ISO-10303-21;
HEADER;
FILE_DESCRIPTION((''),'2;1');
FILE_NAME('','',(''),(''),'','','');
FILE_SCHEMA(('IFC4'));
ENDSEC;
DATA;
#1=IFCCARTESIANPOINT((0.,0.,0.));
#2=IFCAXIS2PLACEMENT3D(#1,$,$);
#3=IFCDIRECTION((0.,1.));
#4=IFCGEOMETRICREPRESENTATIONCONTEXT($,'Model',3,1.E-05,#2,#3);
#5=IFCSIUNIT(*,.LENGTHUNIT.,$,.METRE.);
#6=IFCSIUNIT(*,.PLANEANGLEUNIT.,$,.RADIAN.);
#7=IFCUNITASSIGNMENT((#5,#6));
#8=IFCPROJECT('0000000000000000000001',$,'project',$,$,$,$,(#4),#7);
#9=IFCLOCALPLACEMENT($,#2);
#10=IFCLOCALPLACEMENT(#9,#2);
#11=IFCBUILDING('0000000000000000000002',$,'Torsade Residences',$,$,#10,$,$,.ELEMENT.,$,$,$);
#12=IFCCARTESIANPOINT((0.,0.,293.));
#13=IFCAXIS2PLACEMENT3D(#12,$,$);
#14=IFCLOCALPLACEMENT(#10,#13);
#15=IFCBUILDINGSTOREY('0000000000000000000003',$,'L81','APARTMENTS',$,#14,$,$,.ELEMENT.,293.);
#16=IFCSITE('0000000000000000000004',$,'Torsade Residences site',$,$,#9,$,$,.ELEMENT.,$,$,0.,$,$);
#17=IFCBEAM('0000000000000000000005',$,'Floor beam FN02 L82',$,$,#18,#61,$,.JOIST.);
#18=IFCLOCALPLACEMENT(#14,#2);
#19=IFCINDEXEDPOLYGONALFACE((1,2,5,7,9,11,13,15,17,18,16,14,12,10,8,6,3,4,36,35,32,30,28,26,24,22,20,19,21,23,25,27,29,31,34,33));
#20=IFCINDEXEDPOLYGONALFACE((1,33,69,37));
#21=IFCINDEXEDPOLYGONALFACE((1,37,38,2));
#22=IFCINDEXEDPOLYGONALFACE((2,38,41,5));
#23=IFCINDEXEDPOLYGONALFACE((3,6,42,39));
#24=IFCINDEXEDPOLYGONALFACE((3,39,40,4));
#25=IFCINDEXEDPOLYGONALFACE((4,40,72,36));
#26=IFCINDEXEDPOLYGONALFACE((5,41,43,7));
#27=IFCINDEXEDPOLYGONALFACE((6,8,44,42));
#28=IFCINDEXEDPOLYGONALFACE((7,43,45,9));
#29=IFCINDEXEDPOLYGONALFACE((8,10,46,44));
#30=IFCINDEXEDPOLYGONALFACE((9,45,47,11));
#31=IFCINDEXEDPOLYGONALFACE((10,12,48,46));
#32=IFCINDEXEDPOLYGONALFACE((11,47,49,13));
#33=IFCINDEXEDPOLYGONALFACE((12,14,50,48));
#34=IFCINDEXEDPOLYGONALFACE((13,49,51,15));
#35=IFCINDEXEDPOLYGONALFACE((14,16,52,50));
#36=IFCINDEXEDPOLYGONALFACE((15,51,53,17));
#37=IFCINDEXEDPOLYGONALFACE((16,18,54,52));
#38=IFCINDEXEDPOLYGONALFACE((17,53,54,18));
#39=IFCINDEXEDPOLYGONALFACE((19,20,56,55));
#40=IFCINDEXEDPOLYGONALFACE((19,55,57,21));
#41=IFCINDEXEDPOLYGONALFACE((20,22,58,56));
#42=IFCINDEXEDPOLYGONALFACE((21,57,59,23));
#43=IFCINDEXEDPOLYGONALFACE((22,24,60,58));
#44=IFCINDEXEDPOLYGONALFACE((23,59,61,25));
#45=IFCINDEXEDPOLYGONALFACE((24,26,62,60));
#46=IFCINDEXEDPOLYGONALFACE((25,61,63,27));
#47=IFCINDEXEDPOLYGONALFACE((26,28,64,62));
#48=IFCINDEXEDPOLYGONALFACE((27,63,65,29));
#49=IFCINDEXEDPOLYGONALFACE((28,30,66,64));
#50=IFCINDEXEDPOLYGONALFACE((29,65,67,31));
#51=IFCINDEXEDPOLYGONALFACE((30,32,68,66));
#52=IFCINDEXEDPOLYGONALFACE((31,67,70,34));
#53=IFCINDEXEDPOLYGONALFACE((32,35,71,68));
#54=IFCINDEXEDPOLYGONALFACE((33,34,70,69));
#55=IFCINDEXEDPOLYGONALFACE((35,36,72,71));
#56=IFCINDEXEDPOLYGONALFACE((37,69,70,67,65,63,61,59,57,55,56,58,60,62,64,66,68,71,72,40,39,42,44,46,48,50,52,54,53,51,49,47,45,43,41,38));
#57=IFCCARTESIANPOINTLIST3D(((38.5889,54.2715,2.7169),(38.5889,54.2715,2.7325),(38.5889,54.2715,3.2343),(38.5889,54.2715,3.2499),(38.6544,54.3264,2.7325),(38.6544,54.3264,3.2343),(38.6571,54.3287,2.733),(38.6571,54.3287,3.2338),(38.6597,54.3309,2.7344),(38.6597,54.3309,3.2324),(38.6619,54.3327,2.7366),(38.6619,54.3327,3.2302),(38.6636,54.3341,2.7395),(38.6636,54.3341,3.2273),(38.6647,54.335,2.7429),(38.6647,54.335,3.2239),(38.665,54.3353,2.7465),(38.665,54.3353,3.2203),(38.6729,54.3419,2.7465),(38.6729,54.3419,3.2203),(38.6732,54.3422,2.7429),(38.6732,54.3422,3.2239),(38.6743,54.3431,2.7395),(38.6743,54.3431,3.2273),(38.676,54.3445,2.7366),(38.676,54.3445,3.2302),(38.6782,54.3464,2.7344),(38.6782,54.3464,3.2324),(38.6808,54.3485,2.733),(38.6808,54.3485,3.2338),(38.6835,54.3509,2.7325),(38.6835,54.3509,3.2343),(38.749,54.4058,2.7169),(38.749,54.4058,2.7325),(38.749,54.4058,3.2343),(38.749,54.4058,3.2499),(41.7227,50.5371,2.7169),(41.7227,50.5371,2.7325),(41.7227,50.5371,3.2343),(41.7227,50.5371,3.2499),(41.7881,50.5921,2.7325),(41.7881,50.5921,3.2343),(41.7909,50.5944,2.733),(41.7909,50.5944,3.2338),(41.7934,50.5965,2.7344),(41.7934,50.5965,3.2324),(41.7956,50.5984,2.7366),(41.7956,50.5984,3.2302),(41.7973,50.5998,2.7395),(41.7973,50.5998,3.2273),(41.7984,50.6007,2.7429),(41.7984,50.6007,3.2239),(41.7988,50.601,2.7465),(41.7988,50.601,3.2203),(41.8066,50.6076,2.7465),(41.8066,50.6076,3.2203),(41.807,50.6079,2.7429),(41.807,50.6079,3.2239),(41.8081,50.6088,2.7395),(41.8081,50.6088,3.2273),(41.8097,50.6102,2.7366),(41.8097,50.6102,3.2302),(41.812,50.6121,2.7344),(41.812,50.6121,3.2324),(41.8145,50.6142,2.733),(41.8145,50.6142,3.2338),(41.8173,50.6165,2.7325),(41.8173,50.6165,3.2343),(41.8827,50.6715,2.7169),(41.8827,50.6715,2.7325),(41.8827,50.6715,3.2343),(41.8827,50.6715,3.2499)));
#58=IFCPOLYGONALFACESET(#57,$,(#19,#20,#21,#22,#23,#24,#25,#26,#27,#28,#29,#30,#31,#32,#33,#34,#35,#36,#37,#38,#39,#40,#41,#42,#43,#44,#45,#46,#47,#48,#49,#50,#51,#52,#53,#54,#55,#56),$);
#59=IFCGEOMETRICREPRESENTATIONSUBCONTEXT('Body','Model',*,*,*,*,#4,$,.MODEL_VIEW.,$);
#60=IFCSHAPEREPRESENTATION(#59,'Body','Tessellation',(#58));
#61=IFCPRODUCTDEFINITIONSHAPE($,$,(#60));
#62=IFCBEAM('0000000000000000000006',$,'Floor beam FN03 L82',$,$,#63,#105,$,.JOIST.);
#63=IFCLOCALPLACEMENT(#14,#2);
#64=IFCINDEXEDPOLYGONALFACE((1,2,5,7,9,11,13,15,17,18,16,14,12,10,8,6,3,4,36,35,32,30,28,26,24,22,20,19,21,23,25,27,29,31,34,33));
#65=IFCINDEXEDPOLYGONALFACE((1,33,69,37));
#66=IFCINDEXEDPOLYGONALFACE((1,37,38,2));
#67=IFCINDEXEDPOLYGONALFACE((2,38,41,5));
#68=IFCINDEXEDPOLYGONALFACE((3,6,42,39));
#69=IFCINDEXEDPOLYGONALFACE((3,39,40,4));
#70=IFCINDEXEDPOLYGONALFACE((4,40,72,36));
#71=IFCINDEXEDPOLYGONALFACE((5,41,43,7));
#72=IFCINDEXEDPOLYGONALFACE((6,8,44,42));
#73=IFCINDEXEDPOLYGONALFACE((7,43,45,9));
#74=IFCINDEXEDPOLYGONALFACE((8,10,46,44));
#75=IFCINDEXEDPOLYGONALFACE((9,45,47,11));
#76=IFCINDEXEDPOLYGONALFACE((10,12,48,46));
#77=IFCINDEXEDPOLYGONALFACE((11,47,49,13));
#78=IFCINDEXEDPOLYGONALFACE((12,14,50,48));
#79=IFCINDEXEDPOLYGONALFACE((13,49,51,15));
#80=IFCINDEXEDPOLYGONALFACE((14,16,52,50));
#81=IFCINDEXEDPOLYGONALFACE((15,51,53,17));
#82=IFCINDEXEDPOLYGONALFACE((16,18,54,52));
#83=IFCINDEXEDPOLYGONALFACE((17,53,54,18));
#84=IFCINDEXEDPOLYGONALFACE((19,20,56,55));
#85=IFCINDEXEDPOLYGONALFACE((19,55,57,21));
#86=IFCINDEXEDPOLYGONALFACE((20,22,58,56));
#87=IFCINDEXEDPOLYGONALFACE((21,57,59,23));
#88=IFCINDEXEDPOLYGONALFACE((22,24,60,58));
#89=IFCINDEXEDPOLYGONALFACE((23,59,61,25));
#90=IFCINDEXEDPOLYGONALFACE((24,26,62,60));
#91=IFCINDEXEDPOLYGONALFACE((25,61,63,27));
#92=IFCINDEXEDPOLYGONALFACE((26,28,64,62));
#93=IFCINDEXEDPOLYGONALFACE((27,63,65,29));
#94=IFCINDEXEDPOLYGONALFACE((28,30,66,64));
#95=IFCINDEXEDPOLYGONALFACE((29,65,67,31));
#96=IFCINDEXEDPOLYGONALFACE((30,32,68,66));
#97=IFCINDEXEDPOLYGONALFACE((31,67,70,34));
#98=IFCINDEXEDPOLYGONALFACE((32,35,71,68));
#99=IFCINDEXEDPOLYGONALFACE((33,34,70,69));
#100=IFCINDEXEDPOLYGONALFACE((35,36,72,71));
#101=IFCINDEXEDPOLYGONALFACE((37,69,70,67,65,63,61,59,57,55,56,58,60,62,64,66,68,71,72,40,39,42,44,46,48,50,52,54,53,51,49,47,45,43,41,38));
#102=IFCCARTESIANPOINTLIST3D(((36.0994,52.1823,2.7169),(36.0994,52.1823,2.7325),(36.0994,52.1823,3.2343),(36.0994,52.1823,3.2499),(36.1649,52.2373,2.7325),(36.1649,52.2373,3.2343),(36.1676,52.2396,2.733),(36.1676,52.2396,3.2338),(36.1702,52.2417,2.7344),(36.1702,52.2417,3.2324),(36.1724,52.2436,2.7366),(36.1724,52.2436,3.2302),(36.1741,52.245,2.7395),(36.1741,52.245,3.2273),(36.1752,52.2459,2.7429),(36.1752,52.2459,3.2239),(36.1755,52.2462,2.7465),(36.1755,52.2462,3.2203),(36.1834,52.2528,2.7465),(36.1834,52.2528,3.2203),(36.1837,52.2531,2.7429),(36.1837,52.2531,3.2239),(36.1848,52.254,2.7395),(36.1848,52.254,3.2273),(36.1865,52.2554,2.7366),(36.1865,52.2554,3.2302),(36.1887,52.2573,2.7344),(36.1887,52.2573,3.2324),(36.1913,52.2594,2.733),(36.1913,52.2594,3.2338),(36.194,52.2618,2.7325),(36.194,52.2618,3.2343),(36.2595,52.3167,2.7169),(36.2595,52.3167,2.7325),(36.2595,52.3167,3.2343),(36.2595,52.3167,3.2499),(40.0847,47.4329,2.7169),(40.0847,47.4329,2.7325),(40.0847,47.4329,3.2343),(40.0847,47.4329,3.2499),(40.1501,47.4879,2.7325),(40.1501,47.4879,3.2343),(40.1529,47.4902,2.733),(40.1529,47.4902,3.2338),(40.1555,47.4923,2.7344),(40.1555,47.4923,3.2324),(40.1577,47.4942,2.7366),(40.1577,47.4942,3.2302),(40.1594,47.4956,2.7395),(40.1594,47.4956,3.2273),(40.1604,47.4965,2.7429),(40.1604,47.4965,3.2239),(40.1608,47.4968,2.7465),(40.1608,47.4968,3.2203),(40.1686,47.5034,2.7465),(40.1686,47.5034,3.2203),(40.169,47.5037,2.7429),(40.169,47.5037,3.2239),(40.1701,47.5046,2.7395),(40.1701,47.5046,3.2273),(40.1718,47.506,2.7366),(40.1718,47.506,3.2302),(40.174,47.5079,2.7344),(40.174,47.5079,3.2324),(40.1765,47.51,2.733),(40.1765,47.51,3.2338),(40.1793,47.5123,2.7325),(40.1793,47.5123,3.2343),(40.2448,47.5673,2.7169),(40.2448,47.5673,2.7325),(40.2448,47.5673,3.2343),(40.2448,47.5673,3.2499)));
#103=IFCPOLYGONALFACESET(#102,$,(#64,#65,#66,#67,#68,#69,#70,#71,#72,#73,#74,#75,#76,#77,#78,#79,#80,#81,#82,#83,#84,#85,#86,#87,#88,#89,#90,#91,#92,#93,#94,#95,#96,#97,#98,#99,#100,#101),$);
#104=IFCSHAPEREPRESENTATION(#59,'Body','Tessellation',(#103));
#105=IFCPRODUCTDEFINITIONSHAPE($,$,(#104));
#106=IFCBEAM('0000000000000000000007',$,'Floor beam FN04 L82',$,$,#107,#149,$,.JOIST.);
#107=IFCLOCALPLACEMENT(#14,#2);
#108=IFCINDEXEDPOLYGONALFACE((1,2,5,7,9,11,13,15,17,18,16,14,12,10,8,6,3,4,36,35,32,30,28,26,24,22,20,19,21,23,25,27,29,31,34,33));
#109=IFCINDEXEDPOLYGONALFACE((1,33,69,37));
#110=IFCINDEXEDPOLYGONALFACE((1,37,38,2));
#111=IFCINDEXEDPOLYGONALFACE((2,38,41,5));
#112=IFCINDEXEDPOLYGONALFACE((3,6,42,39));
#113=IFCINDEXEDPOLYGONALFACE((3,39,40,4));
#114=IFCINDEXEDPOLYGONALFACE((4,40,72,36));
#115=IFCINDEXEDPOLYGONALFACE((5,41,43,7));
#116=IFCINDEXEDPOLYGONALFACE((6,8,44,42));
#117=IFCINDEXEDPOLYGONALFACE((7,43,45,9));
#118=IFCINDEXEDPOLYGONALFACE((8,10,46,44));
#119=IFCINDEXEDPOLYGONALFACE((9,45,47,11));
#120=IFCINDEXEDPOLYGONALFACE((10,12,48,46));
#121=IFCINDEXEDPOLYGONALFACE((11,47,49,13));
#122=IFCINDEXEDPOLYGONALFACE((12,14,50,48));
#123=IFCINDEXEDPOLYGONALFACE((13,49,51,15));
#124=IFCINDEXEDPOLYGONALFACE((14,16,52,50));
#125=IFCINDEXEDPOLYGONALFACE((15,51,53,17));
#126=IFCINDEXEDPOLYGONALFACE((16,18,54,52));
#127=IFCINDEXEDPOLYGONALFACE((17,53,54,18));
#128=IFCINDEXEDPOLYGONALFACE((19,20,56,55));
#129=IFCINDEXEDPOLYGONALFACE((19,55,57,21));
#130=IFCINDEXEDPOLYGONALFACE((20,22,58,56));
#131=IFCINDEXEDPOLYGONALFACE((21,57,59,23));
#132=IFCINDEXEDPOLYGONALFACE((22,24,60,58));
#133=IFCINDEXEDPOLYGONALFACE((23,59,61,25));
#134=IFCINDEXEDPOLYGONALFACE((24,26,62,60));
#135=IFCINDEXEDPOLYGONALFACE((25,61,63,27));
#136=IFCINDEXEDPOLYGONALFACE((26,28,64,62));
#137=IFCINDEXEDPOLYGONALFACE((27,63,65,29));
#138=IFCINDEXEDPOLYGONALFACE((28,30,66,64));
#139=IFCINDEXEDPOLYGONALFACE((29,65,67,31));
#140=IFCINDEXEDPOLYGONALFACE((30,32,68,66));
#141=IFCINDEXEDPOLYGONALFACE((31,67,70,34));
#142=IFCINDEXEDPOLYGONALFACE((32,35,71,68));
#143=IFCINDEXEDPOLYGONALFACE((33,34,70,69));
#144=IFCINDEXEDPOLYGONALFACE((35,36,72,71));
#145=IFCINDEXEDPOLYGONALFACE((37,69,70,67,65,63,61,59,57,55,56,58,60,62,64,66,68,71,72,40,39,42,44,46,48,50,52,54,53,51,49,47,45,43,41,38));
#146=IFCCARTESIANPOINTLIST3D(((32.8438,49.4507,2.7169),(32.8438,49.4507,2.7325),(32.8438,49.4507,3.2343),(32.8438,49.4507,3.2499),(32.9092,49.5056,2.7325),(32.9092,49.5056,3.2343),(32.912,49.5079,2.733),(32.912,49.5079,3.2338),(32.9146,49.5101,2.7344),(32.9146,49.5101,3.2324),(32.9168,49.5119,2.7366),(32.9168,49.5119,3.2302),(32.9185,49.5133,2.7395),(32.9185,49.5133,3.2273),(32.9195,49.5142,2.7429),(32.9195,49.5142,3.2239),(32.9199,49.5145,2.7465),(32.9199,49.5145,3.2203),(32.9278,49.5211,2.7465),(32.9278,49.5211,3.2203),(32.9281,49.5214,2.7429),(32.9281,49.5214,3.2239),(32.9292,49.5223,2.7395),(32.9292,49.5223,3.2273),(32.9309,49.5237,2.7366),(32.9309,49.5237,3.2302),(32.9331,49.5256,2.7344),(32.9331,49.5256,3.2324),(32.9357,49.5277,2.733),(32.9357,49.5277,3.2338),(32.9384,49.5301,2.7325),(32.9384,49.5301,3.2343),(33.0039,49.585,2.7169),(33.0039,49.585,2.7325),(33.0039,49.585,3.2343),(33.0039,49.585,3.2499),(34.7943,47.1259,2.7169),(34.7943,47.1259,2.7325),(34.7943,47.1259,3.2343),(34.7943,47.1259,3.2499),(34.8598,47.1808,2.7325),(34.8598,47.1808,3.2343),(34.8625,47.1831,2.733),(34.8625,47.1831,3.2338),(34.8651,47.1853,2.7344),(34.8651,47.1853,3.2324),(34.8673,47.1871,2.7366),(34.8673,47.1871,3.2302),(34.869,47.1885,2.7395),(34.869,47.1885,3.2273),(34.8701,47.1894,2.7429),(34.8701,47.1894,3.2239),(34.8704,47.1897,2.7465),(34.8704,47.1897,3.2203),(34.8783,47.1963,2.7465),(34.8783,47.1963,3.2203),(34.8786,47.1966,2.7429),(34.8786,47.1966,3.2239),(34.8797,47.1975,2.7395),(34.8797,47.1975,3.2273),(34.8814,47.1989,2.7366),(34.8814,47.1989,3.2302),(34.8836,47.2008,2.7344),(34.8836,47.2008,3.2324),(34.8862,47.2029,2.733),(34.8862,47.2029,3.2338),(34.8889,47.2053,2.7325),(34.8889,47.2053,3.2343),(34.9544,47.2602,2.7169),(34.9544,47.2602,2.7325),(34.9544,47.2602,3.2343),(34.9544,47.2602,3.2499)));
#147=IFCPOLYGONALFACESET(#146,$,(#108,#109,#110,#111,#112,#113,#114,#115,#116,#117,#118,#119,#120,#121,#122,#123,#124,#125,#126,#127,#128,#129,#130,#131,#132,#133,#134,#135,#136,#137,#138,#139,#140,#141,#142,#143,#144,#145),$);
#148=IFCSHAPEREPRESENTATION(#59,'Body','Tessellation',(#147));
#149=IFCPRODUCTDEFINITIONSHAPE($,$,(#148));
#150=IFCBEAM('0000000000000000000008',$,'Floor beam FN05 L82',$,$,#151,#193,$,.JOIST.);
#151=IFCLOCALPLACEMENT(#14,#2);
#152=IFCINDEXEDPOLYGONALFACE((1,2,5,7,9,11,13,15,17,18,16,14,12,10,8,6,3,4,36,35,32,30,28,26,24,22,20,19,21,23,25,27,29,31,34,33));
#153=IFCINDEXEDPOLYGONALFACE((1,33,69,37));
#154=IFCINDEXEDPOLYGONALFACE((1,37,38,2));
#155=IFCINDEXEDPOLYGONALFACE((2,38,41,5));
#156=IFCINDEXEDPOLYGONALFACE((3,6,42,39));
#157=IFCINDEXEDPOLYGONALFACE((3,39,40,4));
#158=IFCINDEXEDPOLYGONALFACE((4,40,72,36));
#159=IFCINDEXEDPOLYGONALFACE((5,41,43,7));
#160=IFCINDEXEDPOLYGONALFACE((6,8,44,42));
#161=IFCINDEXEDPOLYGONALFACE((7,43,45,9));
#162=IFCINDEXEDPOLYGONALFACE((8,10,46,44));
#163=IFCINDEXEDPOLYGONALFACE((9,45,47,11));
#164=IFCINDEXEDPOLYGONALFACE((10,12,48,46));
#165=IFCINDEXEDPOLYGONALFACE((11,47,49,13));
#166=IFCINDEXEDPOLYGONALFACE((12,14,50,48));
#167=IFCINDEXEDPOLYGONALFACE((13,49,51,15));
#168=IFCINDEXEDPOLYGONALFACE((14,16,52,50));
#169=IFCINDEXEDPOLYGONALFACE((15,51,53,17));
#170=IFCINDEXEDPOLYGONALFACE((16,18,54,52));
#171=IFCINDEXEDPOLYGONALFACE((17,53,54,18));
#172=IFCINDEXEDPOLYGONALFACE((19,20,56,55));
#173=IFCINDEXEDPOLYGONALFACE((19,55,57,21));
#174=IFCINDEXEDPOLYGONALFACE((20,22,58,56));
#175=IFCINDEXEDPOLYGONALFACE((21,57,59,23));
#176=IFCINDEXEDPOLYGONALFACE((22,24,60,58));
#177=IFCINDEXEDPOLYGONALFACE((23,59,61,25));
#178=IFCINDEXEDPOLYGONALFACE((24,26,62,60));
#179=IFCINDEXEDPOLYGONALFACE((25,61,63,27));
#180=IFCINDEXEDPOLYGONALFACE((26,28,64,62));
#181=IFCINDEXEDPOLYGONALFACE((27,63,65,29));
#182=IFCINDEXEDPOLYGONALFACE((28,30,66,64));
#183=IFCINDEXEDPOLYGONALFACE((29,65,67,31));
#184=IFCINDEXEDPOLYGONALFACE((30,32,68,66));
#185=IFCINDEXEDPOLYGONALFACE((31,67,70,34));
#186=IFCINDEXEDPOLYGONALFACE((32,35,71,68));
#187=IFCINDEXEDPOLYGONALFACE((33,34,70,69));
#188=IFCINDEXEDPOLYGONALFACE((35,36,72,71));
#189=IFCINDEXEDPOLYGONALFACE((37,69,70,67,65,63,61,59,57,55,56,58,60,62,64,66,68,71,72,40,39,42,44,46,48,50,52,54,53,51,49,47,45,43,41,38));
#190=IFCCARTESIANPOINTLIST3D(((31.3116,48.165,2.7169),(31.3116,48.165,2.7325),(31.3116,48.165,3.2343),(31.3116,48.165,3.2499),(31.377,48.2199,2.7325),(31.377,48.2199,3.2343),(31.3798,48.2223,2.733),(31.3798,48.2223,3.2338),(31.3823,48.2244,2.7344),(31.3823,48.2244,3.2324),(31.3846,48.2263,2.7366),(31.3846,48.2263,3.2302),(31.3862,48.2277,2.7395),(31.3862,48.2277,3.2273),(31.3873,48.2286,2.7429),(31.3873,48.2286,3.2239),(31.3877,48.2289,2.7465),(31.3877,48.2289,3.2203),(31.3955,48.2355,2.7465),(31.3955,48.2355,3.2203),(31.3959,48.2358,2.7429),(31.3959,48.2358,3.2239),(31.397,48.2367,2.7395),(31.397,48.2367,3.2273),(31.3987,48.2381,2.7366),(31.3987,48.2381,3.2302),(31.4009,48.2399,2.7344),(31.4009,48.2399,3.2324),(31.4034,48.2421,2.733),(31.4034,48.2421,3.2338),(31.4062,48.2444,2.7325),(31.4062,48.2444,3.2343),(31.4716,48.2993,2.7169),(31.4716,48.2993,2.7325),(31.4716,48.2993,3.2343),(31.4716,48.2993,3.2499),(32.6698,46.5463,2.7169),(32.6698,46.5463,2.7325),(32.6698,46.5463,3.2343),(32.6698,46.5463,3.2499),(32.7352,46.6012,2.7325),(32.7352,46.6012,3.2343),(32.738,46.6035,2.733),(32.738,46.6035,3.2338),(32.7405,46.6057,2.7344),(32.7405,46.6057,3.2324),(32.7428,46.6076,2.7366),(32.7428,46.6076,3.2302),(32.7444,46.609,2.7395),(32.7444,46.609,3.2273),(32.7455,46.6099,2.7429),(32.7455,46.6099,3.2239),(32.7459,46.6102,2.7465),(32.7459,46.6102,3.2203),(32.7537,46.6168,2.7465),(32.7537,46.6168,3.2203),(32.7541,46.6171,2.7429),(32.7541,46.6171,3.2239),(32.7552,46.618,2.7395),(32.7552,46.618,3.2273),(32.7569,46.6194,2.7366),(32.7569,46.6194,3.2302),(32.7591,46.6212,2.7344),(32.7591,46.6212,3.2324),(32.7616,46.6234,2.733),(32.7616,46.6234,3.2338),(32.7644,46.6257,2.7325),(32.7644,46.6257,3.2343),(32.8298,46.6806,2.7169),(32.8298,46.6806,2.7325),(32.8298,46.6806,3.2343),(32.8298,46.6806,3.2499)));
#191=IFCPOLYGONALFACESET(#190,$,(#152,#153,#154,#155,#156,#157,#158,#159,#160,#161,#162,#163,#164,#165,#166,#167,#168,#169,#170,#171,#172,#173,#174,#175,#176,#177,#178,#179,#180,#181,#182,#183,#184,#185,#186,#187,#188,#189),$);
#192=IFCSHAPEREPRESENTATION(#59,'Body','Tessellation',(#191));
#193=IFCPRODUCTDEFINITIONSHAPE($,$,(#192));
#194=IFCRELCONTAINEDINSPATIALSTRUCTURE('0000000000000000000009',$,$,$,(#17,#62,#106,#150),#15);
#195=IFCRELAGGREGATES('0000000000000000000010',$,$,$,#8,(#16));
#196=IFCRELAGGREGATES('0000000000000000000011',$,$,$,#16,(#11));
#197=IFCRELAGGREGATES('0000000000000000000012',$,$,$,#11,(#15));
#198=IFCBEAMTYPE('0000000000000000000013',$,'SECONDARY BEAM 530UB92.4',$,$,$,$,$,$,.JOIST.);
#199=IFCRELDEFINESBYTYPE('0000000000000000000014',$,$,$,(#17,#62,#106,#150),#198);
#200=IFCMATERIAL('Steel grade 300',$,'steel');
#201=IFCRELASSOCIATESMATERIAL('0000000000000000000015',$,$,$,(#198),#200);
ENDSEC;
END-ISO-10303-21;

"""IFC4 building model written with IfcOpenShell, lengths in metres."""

from ifc_helpers import new_model, si_unit, direction, frame, origin, origin_2d, place, context, subcontext, project, spatial, i_section, extrude, material, material_profile, profile_set, type_object, element, save


model = new_model("IFC4")

# Units and contexts
model_context = context("Model", 3, precision=1e-05, world=origin(), true_north=direction((0.0, 1.0)))
body_context = subcontext(model_context, "Body", "Model", "MODEL_VIEW")
ifc_project = project(units=[si_unit("LENGTHUNIT", "METRE"), si_unit("PLANEANGLEUNIT", "RADIAN")], contexts=[model_context])

# Site, building, storey
site_placement = place(None, origin())
site = spatial("IfcSite", under=ifc_project, at=site_placement, Name="Torsade Residences site", CompositionType="ELEMENT", RefElevation=0.0)
building_placement = place(site_placement, origin())
building = spatial("IfcBuilding", under=site, at=building_placement, Name="Torsade Residences", CompositionType="ELEMENT")
storey_placement = place(building_placement, frame((0.0, 0.0, 293.0)))
storey = spatial("IfcBuildingStorey", under=building, at=storey_placement, Name="L81", Description="APARTMENTS", CompositionType="ELEMENT", Elevation=293.0)

# Beams
ifc_material_1 = material(Name="Steel grade 300", Category="steel")
ifc_material_profile_1 = material_profile(ifc_material_1, i_section(OverallWidth=0.209, OverallDepth=0.533, WebThickness=0.0103, FlangeThickness=0.0156, FilletRadius=0.0139, at=origin_2d()), Name="530UB92.4")
ifc_profile_set_1 = profile_set([ifc_material_profile_1], Name="Steel grade 300")
beam_type_1 = type_object("IfcBeamType", Name="SECONDARY BEAM 530UB92.4", PredefinedType="JOIST", material=ifc_profile_set_1)
beam_1_placement = place(storey_placement, frame((38.6689, 54.3386, 2.9834), z_axis=(0.642821, -0.766017, 0.0), x_axis=(0.766017, 0.642821, 0.0)))
element("IfcBeam", 1, at=beam_1_placement, inside=storey, type_object=beam_type_1, Name="Floor beam FN02 L82", PredefinedType="JOIST", context=body_context, shape_type="SweptSolid", body=[
    extrude(i_section(OverallWidth=0.209, OverallDepth=0.533, WebThickness=0.0103, FlangeThickness=0.0156, FilletRadius=0.0139, at=origin_2d()), origin(), (0.0, 0.0, 1.0), 4.875),
])
beam_2_placement = place(storey_placement, frame((36.1794, 52.2495, 2.9834), z_axis=(0.642791, -0.766041, 0.0), x_axis=(0.766041, 0.642791, 0.0)))
element("IfcBeam", 2, at=beam_2_placement, inside=storey, type_object=beam_type_1, Name="Floor beam FN03 L82", PredefinedType="JOIST", context=body_context, shape_type="SweptSolid", body=[
    extrude(i_section(OverallWidth=0.209, OverallDepth=0.533, WebThickness=0.0103, FlangeThickness=0.0156, FilletRadius=0.0139, at=origin_2d()), origin(), (0.0, 0.0, 1.0), 6.2),
])
beam_3_placement = place(storey_placement, frame((32.9238, 49.5178, 2.9834), z_axis=(0.642745, -0.76608, 0.0), x_axis=(0.76608, 0.642745, 0.0)))
element("IfcBeam", 3, at=beam_3_placement, inside=storey, type_object=beam_type_1, Name="Floor beam FN04 L82", PredefinedType="JOIST", context=body_context, shape_type="SweptSolid", body=[
    extrude(i_section(OverallWidth=0.209, OverallDepth=0.533, WebThickness=0.0103, FlangeThickness=0.0156, FilletRadius=0.0139, at=origin_2d()), origin(), (0.0, 0.0, 1.0), 3.0347),
])
beam_4_placement = place(storey_placement, frame((31.3916, 48.2322, 2.9834), z_axis=(0.642772, -0.766058, 0.0), x_axis=(0.766058, 0.642772, 0.0)))
element("IfcBeam", 4, at=beam_4_placement, inside=storey, type_object=beam_type_1, Name="Floor beam FN05 L82", PredefinedType="JOIST", context=body_context, shape_type="SweptSolid", body=[
    extrude(i_section(OverallWidth=0.209, OverallDepth=0.533, WebThickness=0.0103, FlangeThickness=0.0156, FilletRadius=0.0139, at=origin_2d()), origin(), (0.0, 0.0, 1.0), 2.113),
])

save(model, "model.ifc")
